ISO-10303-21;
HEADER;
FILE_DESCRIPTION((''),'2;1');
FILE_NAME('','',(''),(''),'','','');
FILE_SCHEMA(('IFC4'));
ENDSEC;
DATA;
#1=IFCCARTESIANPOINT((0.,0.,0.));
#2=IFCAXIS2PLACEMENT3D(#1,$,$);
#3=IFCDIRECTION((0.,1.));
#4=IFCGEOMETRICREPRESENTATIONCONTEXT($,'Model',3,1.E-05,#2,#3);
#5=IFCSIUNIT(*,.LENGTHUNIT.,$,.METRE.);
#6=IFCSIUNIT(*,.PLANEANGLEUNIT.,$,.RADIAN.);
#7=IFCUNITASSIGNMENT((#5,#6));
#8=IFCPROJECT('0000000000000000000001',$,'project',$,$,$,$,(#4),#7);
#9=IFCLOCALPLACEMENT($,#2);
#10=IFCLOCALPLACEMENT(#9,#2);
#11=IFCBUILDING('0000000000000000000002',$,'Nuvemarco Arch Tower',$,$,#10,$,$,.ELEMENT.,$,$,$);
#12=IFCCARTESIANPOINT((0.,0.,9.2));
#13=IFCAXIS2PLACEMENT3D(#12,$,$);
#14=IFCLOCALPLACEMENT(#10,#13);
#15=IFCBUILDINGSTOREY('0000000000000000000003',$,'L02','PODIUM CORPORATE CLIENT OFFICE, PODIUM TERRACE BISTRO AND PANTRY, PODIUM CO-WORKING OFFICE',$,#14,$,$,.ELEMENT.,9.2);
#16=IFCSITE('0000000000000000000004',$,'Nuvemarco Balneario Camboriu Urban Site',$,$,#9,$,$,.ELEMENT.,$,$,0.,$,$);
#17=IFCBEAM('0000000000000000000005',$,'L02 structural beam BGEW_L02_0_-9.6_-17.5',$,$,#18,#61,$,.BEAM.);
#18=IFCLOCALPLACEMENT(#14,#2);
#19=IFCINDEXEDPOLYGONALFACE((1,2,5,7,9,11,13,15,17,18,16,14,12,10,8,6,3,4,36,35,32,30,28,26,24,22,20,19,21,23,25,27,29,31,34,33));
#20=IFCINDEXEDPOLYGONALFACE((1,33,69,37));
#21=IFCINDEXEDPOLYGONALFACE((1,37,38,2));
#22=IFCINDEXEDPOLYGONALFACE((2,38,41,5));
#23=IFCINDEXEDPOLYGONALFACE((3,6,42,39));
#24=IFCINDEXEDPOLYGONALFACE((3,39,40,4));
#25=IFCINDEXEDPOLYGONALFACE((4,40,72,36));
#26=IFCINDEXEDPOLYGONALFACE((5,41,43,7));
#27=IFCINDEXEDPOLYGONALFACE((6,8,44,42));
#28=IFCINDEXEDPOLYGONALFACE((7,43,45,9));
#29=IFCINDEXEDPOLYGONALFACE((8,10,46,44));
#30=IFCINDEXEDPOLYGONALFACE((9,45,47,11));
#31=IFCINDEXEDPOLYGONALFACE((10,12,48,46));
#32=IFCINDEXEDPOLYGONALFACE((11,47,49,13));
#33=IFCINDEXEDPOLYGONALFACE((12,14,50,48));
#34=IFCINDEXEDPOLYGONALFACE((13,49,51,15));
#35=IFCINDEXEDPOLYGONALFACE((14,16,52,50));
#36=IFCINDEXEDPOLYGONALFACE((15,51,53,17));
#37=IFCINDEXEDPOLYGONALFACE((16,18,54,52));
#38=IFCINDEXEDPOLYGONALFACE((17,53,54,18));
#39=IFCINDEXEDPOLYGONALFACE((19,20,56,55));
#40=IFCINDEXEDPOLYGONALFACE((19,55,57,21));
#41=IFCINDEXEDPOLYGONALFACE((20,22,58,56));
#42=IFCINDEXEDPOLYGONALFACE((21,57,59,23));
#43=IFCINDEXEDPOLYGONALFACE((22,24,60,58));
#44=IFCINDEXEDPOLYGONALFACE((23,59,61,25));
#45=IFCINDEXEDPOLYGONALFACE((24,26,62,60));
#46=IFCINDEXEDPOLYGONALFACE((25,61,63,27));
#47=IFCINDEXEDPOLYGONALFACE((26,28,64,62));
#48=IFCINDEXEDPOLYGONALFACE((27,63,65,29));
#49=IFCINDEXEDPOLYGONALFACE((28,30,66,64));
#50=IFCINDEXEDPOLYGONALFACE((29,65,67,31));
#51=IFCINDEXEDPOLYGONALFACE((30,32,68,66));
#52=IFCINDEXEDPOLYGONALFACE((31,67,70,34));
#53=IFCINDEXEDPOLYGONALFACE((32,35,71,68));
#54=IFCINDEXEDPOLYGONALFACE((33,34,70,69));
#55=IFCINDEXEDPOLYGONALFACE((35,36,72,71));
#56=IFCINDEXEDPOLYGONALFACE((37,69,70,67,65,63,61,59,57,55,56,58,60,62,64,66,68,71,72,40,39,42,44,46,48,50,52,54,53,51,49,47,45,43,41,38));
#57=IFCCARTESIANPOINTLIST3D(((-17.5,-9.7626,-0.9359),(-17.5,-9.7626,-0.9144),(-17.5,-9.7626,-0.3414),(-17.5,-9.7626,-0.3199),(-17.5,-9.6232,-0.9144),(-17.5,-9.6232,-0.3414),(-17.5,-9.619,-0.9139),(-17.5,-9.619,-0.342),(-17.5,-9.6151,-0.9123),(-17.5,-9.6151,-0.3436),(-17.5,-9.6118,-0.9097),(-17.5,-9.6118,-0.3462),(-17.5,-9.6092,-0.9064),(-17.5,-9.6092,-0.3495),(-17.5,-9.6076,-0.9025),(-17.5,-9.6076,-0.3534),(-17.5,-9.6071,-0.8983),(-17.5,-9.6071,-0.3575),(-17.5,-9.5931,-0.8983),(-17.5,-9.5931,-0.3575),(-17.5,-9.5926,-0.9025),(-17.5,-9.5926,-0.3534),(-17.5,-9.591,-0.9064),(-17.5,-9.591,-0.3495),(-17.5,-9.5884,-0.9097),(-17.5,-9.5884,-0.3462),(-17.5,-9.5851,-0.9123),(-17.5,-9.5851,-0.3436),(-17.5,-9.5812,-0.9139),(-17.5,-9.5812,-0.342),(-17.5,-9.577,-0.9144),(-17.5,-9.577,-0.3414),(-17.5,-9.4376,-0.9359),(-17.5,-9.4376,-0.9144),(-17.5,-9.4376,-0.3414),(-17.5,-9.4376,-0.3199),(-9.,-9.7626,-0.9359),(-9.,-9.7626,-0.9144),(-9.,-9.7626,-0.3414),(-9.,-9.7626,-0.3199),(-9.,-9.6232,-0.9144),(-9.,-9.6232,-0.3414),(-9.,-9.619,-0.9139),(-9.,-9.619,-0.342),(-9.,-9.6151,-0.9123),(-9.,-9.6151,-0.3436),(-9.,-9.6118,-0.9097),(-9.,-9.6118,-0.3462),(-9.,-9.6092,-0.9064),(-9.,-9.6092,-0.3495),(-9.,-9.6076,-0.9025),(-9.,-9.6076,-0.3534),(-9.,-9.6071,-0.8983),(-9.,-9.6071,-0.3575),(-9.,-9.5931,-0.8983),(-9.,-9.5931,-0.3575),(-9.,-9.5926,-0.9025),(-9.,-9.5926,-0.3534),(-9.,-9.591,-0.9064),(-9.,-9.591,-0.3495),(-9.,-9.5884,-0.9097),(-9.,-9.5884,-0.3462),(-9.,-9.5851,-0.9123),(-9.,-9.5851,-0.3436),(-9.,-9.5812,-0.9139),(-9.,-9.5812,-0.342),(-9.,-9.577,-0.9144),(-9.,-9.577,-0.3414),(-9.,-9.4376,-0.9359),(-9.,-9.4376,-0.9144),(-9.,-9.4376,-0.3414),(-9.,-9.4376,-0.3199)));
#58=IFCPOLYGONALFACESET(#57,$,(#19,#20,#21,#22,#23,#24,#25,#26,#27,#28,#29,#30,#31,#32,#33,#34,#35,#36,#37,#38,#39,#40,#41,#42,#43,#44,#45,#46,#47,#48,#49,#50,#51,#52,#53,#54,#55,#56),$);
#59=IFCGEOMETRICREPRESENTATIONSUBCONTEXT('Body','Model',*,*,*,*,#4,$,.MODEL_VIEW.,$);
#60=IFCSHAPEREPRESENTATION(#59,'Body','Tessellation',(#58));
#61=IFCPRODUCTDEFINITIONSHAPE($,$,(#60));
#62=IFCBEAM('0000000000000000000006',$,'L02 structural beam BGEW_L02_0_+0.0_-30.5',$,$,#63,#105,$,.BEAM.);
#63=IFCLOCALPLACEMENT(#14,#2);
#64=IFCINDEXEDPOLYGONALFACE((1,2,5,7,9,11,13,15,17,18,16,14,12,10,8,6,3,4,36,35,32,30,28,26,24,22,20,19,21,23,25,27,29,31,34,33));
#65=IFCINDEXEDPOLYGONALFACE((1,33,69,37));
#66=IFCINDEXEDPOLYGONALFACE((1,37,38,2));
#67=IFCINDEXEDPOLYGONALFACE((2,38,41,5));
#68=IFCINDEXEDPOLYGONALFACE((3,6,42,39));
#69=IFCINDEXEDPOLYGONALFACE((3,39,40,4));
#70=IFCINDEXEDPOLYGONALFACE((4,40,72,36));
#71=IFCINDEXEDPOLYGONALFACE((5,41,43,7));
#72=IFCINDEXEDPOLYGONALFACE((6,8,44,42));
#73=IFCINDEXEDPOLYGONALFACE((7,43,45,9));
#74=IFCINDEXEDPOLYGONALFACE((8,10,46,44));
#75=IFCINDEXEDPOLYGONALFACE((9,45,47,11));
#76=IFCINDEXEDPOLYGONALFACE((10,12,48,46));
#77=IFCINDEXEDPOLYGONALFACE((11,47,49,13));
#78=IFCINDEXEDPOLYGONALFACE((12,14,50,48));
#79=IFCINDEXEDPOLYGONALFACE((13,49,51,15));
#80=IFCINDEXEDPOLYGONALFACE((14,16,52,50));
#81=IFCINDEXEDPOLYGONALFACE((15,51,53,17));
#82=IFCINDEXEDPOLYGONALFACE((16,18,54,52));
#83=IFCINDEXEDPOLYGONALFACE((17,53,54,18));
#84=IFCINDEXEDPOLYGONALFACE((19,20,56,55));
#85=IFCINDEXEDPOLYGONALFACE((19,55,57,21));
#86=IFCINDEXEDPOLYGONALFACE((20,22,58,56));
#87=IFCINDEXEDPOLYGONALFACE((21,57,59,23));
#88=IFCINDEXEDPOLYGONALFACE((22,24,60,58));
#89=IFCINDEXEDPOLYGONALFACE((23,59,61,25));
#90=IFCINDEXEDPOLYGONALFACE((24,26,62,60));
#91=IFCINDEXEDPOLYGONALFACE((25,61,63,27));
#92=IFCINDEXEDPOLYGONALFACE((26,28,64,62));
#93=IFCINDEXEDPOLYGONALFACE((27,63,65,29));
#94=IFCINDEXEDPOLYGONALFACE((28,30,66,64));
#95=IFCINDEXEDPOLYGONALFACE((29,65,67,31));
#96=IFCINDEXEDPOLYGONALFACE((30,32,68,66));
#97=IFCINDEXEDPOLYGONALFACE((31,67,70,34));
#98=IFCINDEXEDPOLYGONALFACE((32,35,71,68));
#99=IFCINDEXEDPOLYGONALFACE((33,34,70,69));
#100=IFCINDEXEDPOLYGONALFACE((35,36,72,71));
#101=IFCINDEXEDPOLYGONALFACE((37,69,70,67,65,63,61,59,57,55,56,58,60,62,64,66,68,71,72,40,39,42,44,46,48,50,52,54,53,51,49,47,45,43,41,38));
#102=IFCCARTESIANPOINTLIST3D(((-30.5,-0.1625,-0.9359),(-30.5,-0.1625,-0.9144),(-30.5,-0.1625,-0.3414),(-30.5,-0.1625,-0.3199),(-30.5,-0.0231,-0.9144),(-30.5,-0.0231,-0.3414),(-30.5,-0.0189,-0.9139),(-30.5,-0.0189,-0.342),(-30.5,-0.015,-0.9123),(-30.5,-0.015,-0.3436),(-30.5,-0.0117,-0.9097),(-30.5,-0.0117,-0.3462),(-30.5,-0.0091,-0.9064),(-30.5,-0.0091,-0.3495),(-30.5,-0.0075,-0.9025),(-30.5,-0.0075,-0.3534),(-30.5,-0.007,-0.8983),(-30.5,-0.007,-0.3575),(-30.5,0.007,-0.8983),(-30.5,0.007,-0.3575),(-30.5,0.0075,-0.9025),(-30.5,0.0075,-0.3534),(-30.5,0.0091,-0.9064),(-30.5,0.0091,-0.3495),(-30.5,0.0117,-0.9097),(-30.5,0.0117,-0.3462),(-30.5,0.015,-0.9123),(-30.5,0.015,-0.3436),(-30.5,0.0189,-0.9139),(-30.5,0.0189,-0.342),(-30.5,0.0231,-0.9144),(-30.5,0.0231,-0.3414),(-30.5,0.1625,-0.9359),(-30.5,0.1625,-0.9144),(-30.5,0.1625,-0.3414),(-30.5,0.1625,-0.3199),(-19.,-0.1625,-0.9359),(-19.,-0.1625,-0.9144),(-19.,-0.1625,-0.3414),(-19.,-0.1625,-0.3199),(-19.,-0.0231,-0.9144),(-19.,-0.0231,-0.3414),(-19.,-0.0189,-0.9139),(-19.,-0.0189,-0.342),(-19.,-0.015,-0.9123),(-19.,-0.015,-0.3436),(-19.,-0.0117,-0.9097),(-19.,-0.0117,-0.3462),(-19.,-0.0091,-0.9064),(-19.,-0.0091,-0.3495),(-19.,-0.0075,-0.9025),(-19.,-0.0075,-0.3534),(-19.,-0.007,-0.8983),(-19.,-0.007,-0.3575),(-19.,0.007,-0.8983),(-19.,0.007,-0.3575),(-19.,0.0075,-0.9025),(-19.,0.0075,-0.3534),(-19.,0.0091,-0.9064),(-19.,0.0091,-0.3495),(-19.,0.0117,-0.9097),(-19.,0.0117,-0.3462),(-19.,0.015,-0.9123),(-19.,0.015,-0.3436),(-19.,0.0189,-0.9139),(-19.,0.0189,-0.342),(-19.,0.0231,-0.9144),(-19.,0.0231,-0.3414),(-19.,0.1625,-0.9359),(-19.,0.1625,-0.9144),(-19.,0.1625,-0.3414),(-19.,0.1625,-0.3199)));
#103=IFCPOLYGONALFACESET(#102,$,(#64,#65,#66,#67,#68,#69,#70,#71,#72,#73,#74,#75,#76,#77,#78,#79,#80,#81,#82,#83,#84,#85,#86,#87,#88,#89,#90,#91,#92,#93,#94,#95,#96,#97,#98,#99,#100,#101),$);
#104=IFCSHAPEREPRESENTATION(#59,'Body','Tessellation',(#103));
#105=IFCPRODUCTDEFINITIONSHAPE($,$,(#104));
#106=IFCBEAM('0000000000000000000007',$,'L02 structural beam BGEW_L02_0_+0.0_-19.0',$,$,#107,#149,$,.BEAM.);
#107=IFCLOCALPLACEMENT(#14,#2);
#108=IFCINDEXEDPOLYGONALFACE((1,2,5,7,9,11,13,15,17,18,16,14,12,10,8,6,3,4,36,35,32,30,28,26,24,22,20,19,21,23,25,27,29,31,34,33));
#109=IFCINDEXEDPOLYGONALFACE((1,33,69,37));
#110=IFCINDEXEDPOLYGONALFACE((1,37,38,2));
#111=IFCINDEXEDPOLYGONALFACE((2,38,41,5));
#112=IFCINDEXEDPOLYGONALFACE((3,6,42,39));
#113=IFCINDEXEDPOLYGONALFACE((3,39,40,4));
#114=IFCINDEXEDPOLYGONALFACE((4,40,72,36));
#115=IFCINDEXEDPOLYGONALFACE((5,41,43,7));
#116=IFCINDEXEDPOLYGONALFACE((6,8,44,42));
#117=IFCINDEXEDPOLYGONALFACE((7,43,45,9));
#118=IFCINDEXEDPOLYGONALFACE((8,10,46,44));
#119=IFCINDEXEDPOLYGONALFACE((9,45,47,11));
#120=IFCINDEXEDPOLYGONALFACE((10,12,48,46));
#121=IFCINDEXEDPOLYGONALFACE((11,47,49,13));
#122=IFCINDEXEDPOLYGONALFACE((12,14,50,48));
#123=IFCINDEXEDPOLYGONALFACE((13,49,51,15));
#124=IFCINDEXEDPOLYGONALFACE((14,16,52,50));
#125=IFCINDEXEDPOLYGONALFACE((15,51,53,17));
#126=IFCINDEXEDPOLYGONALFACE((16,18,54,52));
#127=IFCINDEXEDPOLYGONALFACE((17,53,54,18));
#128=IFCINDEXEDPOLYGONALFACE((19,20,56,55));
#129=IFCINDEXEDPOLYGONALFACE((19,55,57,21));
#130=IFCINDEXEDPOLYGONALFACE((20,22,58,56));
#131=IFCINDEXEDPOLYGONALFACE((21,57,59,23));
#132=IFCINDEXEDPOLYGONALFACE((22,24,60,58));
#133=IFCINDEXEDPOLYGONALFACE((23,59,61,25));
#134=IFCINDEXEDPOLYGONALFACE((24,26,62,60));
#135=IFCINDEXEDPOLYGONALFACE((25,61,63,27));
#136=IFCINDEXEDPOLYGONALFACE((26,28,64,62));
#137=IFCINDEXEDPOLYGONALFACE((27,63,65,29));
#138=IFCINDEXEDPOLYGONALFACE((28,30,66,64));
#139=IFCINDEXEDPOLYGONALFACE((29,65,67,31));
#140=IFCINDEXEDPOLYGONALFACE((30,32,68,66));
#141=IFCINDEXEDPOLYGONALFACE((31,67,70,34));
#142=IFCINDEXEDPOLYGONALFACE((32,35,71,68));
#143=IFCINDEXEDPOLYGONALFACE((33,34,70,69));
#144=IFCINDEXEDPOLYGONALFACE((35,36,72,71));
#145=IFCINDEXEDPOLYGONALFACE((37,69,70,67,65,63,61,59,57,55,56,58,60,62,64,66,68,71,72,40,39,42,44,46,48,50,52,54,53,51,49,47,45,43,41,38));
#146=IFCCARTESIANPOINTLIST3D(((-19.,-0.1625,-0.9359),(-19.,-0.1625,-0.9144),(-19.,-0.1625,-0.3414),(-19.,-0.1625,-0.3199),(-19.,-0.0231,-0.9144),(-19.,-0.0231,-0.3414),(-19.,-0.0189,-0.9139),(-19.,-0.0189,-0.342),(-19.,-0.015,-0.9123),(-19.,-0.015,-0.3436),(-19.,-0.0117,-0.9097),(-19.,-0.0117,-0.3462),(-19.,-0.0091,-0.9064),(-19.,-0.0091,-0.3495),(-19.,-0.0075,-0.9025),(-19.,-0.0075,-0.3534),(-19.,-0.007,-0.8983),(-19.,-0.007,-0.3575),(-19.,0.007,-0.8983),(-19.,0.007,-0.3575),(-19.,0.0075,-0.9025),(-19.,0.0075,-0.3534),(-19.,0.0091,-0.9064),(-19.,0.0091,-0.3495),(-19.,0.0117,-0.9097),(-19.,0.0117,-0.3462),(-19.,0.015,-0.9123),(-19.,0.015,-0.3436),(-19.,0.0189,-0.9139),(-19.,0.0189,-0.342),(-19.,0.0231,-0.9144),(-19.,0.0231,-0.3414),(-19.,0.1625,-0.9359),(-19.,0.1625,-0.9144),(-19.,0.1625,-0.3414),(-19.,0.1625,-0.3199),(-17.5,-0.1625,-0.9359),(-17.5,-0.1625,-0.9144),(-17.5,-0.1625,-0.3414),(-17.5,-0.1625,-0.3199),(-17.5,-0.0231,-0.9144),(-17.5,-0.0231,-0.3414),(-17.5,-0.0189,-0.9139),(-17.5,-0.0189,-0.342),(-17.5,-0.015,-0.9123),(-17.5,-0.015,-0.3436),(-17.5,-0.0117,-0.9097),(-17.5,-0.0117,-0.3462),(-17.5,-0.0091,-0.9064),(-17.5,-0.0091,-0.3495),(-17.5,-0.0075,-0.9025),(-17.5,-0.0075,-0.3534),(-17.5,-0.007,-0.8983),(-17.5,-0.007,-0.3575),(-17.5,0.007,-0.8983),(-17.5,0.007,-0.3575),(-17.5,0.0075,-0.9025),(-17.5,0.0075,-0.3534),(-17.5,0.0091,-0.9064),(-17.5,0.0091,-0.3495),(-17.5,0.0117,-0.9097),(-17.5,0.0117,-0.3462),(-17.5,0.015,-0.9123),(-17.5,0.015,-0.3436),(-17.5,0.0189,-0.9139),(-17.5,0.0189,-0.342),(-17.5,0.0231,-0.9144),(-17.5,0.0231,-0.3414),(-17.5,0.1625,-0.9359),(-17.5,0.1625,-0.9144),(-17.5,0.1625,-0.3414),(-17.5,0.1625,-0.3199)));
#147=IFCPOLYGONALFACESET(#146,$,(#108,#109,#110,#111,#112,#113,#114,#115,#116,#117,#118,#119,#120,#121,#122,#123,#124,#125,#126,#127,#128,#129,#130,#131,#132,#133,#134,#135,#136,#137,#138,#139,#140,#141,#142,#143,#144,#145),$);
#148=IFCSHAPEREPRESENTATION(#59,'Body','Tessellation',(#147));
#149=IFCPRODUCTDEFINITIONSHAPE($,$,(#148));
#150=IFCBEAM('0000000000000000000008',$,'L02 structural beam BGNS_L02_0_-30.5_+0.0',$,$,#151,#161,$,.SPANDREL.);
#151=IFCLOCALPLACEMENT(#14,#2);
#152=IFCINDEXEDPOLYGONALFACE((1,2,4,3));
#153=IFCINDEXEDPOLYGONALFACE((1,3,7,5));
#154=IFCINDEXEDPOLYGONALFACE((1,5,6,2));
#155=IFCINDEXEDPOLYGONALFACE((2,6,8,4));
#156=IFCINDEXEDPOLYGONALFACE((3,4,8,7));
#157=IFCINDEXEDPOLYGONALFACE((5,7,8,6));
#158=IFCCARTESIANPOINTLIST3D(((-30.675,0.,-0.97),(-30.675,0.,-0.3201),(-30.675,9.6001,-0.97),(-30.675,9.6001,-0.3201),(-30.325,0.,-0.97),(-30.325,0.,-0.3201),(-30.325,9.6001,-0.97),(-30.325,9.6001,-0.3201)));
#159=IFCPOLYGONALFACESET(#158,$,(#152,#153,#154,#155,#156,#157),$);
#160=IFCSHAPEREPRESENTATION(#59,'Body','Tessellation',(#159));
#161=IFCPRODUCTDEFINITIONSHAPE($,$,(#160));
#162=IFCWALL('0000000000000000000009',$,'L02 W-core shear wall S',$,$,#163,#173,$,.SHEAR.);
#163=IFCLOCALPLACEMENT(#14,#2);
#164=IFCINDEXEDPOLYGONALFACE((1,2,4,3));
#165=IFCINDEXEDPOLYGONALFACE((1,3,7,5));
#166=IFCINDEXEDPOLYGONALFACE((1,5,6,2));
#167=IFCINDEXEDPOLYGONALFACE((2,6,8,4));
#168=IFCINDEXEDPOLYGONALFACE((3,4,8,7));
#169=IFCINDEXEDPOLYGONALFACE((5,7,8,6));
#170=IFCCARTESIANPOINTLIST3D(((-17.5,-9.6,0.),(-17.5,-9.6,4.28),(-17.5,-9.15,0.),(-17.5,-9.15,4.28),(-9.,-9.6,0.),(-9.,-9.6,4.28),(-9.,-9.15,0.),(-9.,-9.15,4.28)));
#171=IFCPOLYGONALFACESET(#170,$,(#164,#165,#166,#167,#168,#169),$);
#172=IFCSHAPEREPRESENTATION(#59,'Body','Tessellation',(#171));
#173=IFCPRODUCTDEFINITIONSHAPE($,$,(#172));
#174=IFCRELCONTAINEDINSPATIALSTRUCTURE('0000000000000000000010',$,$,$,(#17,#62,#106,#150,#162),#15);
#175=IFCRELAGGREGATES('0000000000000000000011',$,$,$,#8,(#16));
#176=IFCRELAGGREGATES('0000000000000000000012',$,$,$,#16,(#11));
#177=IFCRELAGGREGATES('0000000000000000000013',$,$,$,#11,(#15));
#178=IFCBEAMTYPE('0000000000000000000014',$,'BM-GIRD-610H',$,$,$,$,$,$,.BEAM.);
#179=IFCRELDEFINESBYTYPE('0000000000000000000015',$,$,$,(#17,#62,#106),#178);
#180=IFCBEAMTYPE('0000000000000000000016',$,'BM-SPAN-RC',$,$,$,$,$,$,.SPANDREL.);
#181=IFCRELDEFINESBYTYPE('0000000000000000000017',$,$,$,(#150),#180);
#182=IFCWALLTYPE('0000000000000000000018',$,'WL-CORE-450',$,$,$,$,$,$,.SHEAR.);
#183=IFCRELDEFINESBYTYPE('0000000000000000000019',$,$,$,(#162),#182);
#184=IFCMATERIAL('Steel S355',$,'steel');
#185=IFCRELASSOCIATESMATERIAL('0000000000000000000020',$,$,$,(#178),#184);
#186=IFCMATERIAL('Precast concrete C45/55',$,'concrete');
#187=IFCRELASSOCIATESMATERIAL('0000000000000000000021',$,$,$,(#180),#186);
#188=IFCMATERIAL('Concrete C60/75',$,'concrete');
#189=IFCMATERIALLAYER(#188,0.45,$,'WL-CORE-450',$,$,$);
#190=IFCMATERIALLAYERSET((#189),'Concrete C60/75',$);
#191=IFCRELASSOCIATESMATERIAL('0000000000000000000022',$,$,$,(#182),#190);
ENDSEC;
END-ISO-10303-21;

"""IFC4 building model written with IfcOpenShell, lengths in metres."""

from ifc_helpers import new_model, si_unit, direction, frame, frame_2d, origin, origin_2d, place, context, subcontext, project, spatial, rectangle, i_section, extrude, material, layer, layer_set, material_profile, profile_set, type_object, element, save


model = new_model("IFC4")

# Units and contexts
model_context = context("Model", 3, precision=1e-05, world=origin(), true_north=direction((0.0, 1.0)))
body_context = subcontext(model_context, "Body", "Model", "MODEL_VIEW")
ifc_project = project(units=[si_unit("LENGTHUNIT", "METRE"), si_unit("PLANEANGLEUNIT", "RADIAN")], contexts=[model_context])

# Site, building, storey
site_placement = place(None, origin())
site = spatial("IfcSite", under=ifc_project, at=site_placement, Name="Nuvemarco Balneario Camboriu Urban Site", CompositionType="ELEMENT", RefElevation=0.0)
building_placement = place(site_placement, origin())
building = spatial("IfcBuilding", under=site, at=building_placement, Name="Nuvemarco Arch Tower", CompositionType="ELEMENT")
storey_placement = place(building_placement, frame((0.0, 0.0, 9.2)))
storey = spatial("IfcBuildingStorey", under=building, at=storey_placement, Name="L02", Description="PODIUM CORPORATE CLIENT OFFICE, PODIUM TERRACE BISTRO AND PANTRY, PODIUM CO-WORKING OFFICE", CompositionType="ELEMENT", Elevation=9.2)

# Shared definitions
ifc_material_1 = material(Name="Concrete C60/75", Category="concrete")

# Beams
ifc_material_2 = material(Name="Steel S355", Category="steel")
ifc_material_profile_1 = material_profile(ifc_material_2, i_section(OverallWidth=0.325, OverallDepth=0.616, WebThickness=0.0139, FlangeThickness=0.0215, FilletRadius=0.0161, at=origin_2d()), Name="W610x174")
ifc_profile_set_1 = profile_set([ifc_material_profile_1], Name="Steel S355")
beam_type_1 = type_object("IfcBeamType", Name="BM-GIRD-610H", PredefinedType="BEAM", material=ifc_profile_set_1)
beam_1_placement = place(storey_placement, frame((-17.5, -9.6001, -0.6279), z_axis=(1.0, 0.0, 0.0), x_axis=(0.0, 1.0, 0.0)))
element("IfcBeam", 1, at=beam_1_placement, inside=storey, type_object=beam_type_1, Name="L02 structural beam BGEW_L02_0_-9.6_-17.5", PredefinedType="BEAM", context=body_context, shape_type="SweptSolid", body=[
    extrude(i_section(OverallWidth=0.325, OverallDepth=0.616, WebThickness=0.0139, FlangeThickness=0.0215, FilletRadius=0.0161, at=origin_2d()), origin(), (0.0, 0.0, 1.0), 8.5),
])
beam_2_placement = place(storey_placement, frame((-30.5, 0.0, -0.6279), z_axis=(1.0, 0.0, 0.0), x_axis=(0.0, 1.0, 0.0)))
element("IfcBeam", 2, at=beam_2_placement, inside=storey, type_object=beam_type_1, Name="L02 structural beam BGEW_L02_0_+0.0_-30.5", PredefinedType="BEAM", context=body_context, shape_type="SweptSolid", body=[
    extrude(i_section(OverallWidth=0.325, OverallDepth=0.616, WebThickness=0.0139, FlangeThickness=0.0215, FilletRadius=0.0161, at=origin_2d()), origin(), (0.0, 0.0, 1.0), 11.5),
])
beam_3_placement = place(storey_placement, frame((-19.0, 0.0, -0.6279), z_axis=(1.0, 0.0, 0.0), x_axis=(0.0, 1.0, 0.0)))
element("IfcBeam", 3, at=beam_3_placement, inside=storey, type_object=beam_type_1, Name="L02 structural beam BGEW_L02_0_+0.0_-19.0", PredefinedType="BEAM", context=body_context, shape_type="SweptSolid", body=[
    extrude(i_section(OverallWidth=0.325, OverallDepth=0.616, WebThickness=0.0139, FlangeThickness=0.0215, FilletRadius=0.0161, at=origin_2d()), origin(), (0.0, 0.0, 1.0), 1.5),
])
ifc_material_3 = material(Name="Precast concrete C45/55", Category="concrete")
ifc_material_profile_2 = material_profile(ifc_material_3, rectangle(XDim=0.3501, YDim=0.6499, at=origin_2d()), Name="PC-SP-350x650")
ifc_profile_set_2 = profile_set([ifc_material_profile_2], Name="Precast concrete C45/55")
beam_type_2 = type_object("IfcBeamType", Name="BM-SPAN-RC", PredefinedType="SPANDREL", material=ifc_profile_set_2)
beam_4_placement = place(storey_placement, frame((-30.5, 0.0, -0.645), z_axis=(0.0, 1.0, 0.0), x_axis=(-1.0, 0.0, 0.0)))
element("IfcBeam", 4, at=beam_4_placement, inside=storey, type_object=beam_type_2, Name="L02 structural beam BGNS_L02_0_-30.5_+0.0", PredefinedType="SPANDREL", context=body_context, shape_type="SweptSolid", body=[
    extrude(rectangle(XDim=0.3501, YDim=0.6499, at=origin_2d()), origin(), (0.0, 0.0, 1.0), 9.6001),
])

# Wall
ifc_layer = layer(ifc_material_1, 0.45, Name="WL-CORE-450")
ifc_layer_set = layer_set([ifc_layer], Name="Concrete C60/75")
wall_type = type_object("IfcWallType", Name="WL-CORE-450", PredefinedType="SHEAR", material=ifc_layer_set)
wall_placement = place(storey_placement, frame((-17.5, -9.375, 0.0), z_axis=(0.0, 0.0, 1.0), x_axis=(1.0, 0.0, 0.0)))
element("IfcWall", 5, at=wall_placement, inside=storey, type_object=wall_type, Name="L02 W-core shear wall S", PredefinedType="SHEAR", context=body_context, shape_type="SweptSolid", body=[
    extrude(rectangle(XDim=8.5, YDim=0.45, at=frame_2d((4.25, 0.0))), origin(), (0.0, 0.0, 1.0), 4.28),
])

save(model, "model.ifc")
